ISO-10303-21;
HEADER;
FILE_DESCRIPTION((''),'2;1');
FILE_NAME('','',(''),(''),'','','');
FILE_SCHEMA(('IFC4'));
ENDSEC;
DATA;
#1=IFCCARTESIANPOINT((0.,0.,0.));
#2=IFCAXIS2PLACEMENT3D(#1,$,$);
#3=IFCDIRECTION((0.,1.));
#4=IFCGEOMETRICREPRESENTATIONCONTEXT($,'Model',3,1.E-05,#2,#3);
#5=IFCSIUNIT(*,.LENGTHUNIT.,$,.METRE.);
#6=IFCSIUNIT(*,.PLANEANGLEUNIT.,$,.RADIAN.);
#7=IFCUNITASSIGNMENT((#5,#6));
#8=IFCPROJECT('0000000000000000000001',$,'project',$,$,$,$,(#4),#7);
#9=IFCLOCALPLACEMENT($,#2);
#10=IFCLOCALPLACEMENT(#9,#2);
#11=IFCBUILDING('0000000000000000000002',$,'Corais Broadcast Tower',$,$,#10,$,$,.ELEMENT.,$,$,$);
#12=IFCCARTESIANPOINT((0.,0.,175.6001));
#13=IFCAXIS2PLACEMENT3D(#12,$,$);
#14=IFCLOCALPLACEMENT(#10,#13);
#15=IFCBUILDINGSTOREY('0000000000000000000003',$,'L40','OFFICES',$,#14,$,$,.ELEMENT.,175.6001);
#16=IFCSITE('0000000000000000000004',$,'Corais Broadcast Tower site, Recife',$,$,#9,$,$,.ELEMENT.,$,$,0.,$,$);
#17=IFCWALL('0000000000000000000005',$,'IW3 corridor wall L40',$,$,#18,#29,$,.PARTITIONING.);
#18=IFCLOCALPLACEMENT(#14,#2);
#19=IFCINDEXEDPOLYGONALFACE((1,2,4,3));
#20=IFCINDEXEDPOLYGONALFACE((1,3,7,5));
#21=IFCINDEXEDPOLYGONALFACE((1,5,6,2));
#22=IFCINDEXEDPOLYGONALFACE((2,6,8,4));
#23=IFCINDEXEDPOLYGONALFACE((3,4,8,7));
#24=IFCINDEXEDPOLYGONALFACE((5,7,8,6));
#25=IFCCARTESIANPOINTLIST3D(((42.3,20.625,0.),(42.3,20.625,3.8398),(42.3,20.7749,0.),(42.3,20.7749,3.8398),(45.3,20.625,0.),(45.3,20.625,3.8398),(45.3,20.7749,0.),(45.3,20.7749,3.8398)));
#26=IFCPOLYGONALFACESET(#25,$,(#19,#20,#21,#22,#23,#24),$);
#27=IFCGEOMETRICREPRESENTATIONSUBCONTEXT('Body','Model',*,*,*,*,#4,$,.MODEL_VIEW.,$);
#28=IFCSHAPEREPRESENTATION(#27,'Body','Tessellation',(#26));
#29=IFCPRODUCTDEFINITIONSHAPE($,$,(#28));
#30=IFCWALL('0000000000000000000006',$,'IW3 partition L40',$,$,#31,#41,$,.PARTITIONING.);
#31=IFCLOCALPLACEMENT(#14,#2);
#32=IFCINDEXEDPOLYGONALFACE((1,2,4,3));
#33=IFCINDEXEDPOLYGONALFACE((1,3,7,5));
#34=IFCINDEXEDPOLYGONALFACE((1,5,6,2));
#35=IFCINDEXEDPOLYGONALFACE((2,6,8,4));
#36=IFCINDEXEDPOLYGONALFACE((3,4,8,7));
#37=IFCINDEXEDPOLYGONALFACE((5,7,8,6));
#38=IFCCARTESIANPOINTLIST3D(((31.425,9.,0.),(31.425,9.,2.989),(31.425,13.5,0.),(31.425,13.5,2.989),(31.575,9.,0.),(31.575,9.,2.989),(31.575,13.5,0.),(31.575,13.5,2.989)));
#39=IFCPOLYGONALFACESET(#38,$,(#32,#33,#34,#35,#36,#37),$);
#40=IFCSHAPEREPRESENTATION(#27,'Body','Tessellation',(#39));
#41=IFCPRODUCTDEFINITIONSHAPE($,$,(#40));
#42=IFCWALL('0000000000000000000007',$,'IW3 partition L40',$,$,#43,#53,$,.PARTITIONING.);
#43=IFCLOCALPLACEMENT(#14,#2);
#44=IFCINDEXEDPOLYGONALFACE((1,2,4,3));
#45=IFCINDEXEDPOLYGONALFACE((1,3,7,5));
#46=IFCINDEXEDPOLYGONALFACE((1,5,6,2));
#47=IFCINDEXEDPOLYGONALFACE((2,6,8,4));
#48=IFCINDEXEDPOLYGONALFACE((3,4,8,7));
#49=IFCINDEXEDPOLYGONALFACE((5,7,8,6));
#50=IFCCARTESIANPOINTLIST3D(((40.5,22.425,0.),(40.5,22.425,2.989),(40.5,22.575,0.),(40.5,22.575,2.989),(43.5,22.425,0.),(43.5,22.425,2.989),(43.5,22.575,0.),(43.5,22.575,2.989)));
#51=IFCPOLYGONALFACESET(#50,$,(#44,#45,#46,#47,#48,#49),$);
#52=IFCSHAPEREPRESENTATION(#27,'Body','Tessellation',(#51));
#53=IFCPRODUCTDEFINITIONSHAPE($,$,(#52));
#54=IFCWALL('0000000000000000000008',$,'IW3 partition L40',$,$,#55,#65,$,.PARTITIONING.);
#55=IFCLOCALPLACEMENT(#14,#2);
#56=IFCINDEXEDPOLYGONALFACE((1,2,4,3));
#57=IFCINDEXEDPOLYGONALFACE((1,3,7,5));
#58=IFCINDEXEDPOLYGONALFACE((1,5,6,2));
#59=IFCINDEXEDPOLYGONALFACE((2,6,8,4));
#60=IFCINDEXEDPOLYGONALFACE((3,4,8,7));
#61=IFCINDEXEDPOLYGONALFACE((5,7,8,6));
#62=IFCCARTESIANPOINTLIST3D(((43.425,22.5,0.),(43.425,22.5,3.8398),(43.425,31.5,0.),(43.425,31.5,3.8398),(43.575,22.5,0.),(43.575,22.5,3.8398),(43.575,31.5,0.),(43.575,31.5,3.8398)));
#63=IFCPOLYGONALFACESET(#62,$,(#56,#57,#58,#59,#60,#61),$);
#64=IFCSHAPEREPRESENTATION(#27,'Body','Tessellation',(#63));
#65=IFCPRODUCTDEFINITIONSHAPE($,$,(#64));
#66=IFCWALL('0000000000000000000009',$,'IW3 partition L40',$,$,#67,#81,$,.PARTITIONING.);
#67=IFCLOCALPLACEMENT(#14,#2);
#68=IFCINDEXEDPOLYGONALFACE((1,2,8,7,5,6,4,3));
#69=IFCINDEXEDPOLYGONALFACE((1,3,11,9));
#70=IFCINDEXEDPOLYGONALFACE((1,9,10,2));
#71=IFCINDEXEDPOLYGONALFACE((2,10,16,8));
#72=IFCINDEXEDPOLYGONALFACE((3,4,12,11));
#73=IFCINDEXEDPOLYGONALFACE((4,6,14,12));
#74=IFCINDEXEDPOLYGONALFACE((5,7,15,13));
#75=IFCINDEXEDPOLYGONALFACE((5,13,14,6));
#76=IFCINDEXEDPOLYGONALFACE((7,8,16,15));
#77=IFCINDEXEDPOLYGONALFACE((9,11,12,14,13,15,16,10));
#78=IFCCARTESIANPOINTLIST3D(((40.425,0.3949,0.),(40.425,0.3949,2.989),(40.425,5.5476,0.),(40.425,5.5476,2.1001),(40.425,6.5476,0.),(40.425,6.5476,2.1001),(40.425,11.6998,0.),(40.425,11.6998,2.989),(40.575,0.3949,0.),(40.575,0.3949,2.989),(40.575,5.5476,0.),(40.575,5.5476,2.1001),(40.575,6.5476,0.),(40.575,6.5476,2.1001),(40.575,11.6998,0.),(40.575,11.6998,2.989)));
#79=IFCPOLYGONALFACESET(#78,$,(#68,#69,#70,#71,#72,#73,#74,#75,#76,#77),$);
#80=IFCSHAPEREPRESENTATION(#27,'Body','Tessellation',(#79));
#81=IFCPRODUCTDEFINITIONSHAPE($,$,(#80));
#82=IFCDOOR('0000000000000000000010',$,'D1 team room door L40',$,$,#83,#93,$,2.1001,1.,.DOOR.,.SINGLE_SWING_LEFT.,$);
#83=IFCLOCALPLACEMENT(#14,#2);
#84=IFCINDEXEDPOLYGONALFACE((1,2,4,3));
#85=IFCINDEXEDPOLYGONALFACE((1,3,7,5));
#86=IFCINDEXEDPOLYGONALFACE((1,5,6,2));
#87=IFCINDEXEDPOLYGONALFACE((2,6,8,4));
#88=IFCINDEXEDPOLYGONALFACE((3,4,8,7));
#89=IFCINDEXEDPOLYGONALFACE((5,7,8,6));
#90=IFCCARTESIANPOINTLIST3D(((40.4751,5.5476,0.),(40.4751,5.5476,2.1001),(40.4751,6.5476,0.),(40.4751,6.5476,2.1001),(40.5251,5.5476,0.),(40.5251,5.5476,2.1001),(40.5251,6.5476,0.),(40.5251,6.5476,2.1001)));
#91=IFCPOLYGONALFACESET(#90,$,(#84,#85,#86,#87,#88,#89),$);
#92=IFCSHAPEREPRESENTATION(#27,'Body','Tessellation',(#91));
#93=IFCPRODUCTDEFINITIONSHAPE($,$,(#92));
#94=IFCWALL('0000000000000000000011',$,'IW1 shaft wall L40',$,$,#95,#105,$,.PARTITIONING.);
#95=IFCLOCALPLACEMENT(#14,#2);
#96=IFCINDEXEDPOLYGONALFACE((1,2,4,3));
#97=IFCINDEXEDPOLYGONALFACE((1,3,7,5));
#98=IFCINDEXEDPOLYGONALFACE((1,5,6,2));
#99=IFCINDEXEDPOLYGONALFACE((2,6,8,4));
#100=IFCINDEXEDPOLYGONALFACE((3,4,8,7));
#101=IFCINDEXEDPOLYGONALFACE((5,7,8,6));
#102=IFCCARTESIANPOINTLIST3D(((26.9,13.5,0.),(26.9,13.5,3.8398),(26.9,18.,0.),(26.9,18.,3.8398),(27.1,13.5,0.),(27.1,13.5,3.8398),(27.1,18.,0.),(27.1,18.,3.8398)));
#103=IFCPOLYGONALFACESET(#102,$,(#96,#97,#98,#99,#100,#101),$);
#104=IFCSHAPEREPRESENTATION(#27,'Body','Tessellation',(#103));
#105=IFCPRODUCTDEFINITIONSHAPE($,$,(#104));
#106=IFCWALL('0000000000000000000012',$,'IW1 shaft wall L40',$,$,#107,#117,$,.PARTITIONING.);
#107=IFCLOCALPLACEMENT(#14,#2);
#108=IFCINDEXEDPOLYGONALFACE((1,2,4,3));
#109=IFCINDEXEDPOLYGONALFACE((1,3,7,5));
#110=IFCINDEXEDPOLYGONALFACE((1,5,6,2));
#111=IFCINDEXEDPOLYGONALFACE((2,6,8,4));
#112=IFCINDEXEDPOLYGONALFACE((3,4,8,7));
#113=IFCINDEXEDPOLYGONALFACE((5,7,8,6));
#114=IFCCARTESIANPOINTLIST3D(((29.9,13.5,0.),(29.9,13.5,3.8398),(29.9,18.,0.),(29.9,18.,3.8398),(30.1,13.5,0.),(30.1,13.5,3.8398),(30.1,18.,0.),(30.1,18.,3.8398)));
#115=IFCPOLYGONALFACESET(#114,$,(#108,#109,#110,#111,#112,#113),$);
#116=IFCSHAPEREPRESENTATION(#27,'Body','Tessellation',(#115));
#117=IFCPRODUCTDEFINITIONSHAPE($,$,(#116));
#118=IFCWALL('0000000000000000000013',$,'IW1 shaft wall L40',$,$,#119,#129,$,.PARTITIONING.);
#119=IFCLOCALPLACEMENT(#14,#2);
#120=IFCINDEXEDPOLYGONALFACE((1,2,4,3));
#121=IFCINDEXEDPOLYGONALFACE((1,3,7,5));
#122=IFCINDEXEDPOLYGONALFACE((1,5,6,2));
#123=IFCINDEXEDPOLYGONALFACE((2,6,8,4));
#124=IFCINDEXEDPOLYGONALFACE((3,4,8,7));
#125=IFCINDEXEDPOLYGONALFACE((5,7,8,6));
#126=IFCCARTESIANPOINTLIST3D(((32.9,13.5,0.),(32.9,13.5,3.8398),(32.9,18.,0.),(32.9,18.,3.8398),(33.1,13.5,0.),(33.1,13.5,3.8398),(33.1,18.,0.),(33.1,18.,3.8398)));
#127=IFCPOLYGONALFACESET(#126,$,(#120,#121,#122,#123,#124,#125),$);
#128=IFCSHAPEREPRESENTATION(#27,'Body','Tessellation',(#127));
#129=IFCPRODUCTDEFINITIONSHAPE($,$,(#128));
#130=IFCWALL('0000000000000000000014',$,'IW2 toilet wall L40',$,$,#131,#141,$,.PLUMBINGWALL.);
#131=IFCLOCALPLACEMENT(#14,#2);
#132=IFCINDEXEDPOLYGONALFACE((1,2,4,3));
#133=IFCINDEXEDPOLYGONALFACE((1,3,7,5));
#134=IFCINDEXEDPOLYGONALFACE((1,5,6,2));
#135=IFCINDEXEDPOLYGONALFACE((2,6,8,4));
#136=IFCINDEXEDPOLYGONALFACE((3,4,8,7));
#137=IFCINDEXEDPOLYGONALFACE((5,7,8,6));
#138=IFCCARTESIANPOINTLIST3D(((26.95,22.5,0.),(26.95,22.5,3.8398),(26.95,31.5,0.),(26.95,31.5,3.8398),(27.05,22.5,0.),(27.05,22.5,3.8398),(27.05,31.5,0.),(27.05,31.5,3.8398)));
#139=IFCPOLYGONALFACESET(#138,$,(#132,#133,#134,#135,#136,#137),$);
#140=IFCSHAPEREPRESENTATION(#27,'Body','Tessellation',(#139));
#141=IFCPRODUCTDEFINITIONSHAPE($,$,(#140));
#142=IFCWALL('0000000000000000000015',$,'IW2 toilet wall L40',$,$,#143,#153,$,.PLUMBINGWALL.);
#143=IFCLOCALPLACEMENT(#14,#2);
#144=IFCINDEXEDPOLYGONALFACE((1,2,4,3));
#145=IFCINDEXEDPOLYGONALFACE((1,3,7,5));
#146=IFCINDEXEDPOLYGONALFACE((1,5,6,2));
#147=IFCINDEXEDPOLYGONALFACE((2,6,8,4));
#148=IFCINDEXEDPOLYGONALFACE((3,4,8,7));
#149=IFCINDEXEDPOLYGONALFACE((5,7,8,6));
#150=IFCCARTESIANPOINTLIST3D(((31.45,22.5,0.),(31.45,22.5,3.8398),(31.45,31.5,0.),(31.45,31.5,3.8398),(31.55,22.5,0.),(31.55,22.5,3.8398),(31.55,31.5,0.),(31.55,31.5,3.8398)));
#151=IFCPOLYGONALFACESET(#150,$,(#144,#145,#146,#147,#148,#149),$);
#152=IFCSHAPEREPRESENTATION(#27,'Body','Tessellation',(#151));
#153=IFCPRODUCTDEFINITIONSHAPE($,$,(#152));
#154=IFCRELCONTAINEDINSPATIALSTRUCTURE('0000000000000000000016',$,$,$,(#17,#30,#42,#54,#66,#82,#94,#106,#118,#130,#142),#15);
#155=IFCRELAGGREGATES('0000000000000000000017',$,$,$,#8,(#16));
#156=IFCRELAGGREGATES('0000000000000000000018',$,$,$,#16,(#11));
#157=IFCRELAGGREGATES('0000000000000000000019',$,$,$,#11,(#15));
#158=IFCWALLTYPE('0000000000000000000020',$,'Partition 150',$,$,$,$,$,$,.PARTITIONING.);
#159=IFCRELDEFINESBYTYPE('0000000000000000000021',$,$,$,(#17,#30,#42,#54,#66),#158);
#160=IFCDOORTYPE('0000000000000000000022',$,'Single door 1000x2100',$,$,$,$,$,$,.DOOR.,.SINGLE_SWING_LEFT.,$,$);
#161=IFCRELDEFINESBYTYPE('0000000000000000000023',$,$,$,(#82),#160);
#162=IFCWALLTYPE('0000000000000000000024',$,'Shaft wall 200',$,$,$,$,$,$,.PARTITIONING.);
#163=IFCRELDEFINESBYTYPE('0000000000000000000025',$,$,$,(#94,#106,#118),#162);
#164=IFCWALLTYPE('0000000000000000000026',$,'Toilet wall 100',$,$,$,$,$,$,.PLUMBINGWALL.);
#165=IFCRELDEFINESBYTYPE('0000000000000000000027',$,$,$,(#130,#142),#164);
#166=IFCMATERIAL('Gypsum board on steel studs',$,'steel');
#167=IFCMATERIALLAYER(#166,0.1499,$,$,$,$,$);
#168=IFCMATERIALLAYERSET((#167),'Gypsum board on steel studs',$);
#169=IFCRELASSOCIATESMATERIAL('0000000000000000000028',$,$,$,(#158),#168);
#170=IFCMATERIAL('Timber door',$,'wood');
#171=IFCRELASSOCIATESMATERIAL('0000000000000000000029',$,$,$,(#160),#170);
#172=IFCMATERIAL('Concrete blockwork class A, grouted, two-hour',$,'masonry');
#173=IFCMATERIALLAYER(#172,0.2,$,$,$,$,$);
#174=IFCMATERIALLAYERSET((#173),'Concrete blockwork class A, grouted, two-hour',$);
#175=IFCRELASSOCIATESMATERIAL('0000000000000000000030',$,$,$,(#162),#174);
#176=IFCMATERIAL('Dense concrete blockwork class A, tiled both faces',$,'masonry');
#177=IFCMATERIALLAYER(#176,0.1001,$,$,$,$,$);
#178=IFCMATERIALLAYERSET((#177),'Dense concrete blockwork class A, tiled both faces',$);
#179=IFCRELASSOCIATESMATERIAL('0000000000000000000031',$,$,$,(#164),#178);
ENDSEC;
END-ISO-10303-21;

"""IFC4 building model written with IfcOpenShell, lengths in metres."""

from ifc_helpers import new_model, si_unit, direction, frame, frame_2d, origin, place, context, subcontext, project, spatial, rectangle, extrude, material, layer, layer_set, type_object, element, fill, save


model = new_model("IFC4")

# Units and contexts
model_context = context("Model", 3, precision=1e-05, world=origin(), true_north=direction((0.0, 1.0)))
body_context = subcontext(model_context, "Body", "Model", "MODEL_VIEW")
ifc_project = project(units=[si_unit("LENGTHUNIT", "METRE"), si_unit("PLANEANGLEUNIT", "RADIAN")], contexts=[model_context])

# Site, building, storey
site_placement = place(None, origin())
site = spatial("IfcSite", under=ifc_project, at=site_placement, Name="Corais Broadcast Tower site, Recife", CompositionType="ELEMENT", RefElevation=0.0)
building_placement = place(site_placement, origin())
building = spatial("IfcBuilding", under=site, at=building_placement, Name="Corais Broadcast Tower", CompositionType="ELEMENT")
storey_placement = place(building_placement, frame((0.0, 0.0, 175.6001)))
storey = spatial("IfcBuildingStorey", under=building, at=storey_placement, Name="L40", Description="OFFICES", CompositionType="ELEMENT", Elevation=175.6001)

# Shared definitions
ifc_material_1 = material(Name="Gypsum board on steel studs", Category="steel")
ifc_layer_1 = layer(ifc_material_1, 0.1499)
ifc_layer_set_1 = layer_set([ifc_layer_1], Name="Gypsum board on steel studs")
wall_type_1 = type_object("IfcWallType", Name="Partition 150", PredefinedType="PARTITIONING", material=ifc_layer_set_1)
ifc_material_2 = material(Name="Timber door", Category="wood")
door_type_1 = type_object("IfcDoorType", Name="Single door 1000x2100", OperationType="SINGLE_SWING_LEFT", PredefinedType="DOOR", material=ifc_material_2)

# Walls
wall_1_placement = place(storey_placement, frame((42.3, 20.7, 0.0), z_axis=(0.0, 0.0, 1.0), x_axis=(1.0, 0.0, 0.0)))
element("IfcWall", 1, at=wall_1_placement, inside=storey, type_object=wall_type_1, Name="IW3 corridor wall L40", PredefinedType="PARTITIONING", context=body_context, shape_type="SweptSolid", body=[
    extrude(rectangle(XDim=3.0, YDim=0.1499, at=frame_2d((1.5, 0.0))), origin(), (0.0, 0.0, 1.0), 3.8398),
])
wall_2_placement = place(storey_placement, frame((31.5, 9.0, 0.0), z_axis=(0.0, 0.0, 1.0), x_axis=(0.0, 1.0, 0.0)))
element("IfcWall", 2, at=wall_2_placement, inside=storey, type_object=wall_type_1, Name="IW3 partition L40", PredefinedType="PARTITIONING", context=body_context, shape_type="SweptSolid", body=[
    extrude(rectangle(XDim=4.5, YDim=0.1499, at=frame_2d((2.25, 0.0))), origin(), (0.0, 0.0, 1.0), 2.989),
])
wall_3_placement = place(storey_placement, frame((40.5, 22.5, 0.0), z_axis=(0.0, 0.0, 1.0), x_axis=(1.0, 0.0, 0.0)))
element("IfcWall", 3, at=wall_3_placement, inside=storey, type_object=wall_type_1, Name="IW3 partition L40", PredefinedType="PARTITIONING", context=body_context, shape_type="SweptSolid", body=[
    extrude(rectangle(XDim=3.0, YDim=0.1499, at=frame_2d((1.5, 0.0))), origin(), (0.0, 0.0, 1.0), 2.989),
])
wall_4_placement = place(storey_placement, frame((43.5, 22.5, 0.0), z_axis=(0.0, 0.0, 1.0), x_axis=(0.0, 1.0, 0.0)))
element("IfcWall", 4, at=wall_4_placement, inside=storey, type_object=wall_type_1, Name="IW3 partition L40", PredefinedType="PARTITIONING", context=body_context, shape_type="SweptSolid", body=[
    extrude(rectangle(XDim=9.0, YDim=0.1499, at=frame_2d((4.5, 0.0))), origin(), (0.0, 0.0, 1.0), 3.8398),
])

# Wall, opening, door
wall_5_placement = place(storey_placement, frame((40.5, 0.395, 0.0), z_axis=(0.0, 0.0, 1.0), x_axis=(0.0, 1.0, 0.0)))
wall_5 = element("IfcWall", 5, at=wall_5_placement, inside=storey, type_object=wall_type_1, Name="IW3 partition L40", PredefinedType="PARTITIONING", context=body_context, shape_type="SweptSolid", body=[
    extrude(rectangle(XDim=11.3049, YDim=0.1499, at=frame_2d((5.6523, 0.0))), origin(), (0.0, 0.0, 1.0), 2.989),
])
opening_1_placement = place(wall_5_placement, frame((5.1526, 0.0, 0.0)))
opening_1 = element("IfcOpeningElement", 6, at=opening_1_placement, cuts=wall_5, PredefinedType="OPENING", context=body_context, shape_type="SweptSolid", body=[
    extrude(rectangle(XDim=1.0, YDim=2.1001, at=frame_2d((0.5, 1.05))), frame((0.0, 0.085, 0.0), z_axis=(0.0, -1.0, 0.0), x_axis=(1.0, 0.0, 0.0)), (0.0, 0.0, 1.0), 0.1699),
])
door_1_placement = place(opening_1_placement, origin())
door_1 = element("IfcDoor", 7, at=door_1_placement, inside=storey, type_object=door_type_1, Name="D1 team room door L40", OperationType="SINGLE_SWING_LEFT", OverallHeight=2.1001, OverallWidth=1.0, PredefinedType="DOOR", context=body_context, shape_type="SweptSolid", body=[
    extrude(rectangle(XDim=1.0, YDim=2.1001, at=frame_2d((0.5, 1.05))), frame((0.0, 0.0249, 0.0), z_axis=(0.0, -1.0, 0.0), x_axis=(1.0, 0.0, 0.0)), (0.0, 0.0, 1.0), 0.05),
])
fill(opening_1, door_1)

# Walls
ifc_material_3 = material(Name="Concrete blockwork class A, grouted, two-hour", Category="masonry")
ifc_layer_2 = layer(ifc_material_3, 0.2)
ifc_layer_set_2 = layer_set([ifc_layer_2], Name="Concrete blockwork class A, grouted, two-hour")
wall_type_2 = type_object("IfcWallType", Name="Shaft wall 200", PredefinedType="PARTITIONING", material=ifc_layer_set_2)
for number, where, z_axis, x_axis, name in (
    (8, (27.0, 13.5, 0.0), (0.0, 0.0, 1.0), (0.0, 1.0, 0.0), "IW1 shaft wall L40"),
    (9, (30.0, 13.5, 0.0), (0.0, 0.0, 1.0), (0.0, 1.0, 0.0), "IW1 shaft wall L40"),
    (10, (33.0, 13.5, 0.0), (0.0, 0.0, 1.0), (0.0, 1.0, 0.0), "IW1 shaft wall L40"),
):
    element("IfcWall", number, at=place(storey_placement, frame(where, z_axis=z_axis, x_axis=x_axis)), inside=storey, type_object=wall_type_2, Name=name, PredefinedType="PARTITIONING", context=body_context, shape_type="SweptSolid", body=[
        extrude(rectangle(XDim=4.5, YDim=0.2, at=frame_2d((2.25, 0.0))), origin(), (0.0, 0.0, 1.0), 3.8398),
    ])
ifc_material_4 = material(Name="Dense concrete blockwork class A, tiled both faces", Category="masonry")
ifc_layer_3 = layer(ifc_material_4, 0.1001)
ifc_layer_set_3 = layer_set([ifc_layer_3], Name="Dense concrete blockwork class A, tiled both faces")
wall_type_3 = type_object("IfcWallType", Name="Toilet wall 100", PredefinedType="PLUMBINGWALL", material=ifc_layer_set_3)
for number, where, z_axis, x_axis, name in (
    (11, (27.0, 22.5, 0.0), (0.0, 0.0, 1.0), (0.0, 1.0, 0.0), "IW2 toilet wall L40"),
    (12, (31.5, 22.5, 0.0), (0.0, 0.0, 1.0), (0.0, 1.0, 0.0), "IW2 toilet wall L40"),
):
    element("IfcWall", number, at=place(storey_placement, frame(where, z_axis=z_axis, x_axis=x_axis)), inside=storey, type_object=wall_type_3, Name=name, PredefinedType="PLUMBINGWALL", context=body_context, shape_type="SweptSolid", body=[
        extrude(rectangle(XDim=9.0, YDim=0.1001, at=frame_2d((4.5, 0.0))), origin(), (0.0, 0.0, 1.0), 3.8398),
    ])

save(model, "model.ifc")
